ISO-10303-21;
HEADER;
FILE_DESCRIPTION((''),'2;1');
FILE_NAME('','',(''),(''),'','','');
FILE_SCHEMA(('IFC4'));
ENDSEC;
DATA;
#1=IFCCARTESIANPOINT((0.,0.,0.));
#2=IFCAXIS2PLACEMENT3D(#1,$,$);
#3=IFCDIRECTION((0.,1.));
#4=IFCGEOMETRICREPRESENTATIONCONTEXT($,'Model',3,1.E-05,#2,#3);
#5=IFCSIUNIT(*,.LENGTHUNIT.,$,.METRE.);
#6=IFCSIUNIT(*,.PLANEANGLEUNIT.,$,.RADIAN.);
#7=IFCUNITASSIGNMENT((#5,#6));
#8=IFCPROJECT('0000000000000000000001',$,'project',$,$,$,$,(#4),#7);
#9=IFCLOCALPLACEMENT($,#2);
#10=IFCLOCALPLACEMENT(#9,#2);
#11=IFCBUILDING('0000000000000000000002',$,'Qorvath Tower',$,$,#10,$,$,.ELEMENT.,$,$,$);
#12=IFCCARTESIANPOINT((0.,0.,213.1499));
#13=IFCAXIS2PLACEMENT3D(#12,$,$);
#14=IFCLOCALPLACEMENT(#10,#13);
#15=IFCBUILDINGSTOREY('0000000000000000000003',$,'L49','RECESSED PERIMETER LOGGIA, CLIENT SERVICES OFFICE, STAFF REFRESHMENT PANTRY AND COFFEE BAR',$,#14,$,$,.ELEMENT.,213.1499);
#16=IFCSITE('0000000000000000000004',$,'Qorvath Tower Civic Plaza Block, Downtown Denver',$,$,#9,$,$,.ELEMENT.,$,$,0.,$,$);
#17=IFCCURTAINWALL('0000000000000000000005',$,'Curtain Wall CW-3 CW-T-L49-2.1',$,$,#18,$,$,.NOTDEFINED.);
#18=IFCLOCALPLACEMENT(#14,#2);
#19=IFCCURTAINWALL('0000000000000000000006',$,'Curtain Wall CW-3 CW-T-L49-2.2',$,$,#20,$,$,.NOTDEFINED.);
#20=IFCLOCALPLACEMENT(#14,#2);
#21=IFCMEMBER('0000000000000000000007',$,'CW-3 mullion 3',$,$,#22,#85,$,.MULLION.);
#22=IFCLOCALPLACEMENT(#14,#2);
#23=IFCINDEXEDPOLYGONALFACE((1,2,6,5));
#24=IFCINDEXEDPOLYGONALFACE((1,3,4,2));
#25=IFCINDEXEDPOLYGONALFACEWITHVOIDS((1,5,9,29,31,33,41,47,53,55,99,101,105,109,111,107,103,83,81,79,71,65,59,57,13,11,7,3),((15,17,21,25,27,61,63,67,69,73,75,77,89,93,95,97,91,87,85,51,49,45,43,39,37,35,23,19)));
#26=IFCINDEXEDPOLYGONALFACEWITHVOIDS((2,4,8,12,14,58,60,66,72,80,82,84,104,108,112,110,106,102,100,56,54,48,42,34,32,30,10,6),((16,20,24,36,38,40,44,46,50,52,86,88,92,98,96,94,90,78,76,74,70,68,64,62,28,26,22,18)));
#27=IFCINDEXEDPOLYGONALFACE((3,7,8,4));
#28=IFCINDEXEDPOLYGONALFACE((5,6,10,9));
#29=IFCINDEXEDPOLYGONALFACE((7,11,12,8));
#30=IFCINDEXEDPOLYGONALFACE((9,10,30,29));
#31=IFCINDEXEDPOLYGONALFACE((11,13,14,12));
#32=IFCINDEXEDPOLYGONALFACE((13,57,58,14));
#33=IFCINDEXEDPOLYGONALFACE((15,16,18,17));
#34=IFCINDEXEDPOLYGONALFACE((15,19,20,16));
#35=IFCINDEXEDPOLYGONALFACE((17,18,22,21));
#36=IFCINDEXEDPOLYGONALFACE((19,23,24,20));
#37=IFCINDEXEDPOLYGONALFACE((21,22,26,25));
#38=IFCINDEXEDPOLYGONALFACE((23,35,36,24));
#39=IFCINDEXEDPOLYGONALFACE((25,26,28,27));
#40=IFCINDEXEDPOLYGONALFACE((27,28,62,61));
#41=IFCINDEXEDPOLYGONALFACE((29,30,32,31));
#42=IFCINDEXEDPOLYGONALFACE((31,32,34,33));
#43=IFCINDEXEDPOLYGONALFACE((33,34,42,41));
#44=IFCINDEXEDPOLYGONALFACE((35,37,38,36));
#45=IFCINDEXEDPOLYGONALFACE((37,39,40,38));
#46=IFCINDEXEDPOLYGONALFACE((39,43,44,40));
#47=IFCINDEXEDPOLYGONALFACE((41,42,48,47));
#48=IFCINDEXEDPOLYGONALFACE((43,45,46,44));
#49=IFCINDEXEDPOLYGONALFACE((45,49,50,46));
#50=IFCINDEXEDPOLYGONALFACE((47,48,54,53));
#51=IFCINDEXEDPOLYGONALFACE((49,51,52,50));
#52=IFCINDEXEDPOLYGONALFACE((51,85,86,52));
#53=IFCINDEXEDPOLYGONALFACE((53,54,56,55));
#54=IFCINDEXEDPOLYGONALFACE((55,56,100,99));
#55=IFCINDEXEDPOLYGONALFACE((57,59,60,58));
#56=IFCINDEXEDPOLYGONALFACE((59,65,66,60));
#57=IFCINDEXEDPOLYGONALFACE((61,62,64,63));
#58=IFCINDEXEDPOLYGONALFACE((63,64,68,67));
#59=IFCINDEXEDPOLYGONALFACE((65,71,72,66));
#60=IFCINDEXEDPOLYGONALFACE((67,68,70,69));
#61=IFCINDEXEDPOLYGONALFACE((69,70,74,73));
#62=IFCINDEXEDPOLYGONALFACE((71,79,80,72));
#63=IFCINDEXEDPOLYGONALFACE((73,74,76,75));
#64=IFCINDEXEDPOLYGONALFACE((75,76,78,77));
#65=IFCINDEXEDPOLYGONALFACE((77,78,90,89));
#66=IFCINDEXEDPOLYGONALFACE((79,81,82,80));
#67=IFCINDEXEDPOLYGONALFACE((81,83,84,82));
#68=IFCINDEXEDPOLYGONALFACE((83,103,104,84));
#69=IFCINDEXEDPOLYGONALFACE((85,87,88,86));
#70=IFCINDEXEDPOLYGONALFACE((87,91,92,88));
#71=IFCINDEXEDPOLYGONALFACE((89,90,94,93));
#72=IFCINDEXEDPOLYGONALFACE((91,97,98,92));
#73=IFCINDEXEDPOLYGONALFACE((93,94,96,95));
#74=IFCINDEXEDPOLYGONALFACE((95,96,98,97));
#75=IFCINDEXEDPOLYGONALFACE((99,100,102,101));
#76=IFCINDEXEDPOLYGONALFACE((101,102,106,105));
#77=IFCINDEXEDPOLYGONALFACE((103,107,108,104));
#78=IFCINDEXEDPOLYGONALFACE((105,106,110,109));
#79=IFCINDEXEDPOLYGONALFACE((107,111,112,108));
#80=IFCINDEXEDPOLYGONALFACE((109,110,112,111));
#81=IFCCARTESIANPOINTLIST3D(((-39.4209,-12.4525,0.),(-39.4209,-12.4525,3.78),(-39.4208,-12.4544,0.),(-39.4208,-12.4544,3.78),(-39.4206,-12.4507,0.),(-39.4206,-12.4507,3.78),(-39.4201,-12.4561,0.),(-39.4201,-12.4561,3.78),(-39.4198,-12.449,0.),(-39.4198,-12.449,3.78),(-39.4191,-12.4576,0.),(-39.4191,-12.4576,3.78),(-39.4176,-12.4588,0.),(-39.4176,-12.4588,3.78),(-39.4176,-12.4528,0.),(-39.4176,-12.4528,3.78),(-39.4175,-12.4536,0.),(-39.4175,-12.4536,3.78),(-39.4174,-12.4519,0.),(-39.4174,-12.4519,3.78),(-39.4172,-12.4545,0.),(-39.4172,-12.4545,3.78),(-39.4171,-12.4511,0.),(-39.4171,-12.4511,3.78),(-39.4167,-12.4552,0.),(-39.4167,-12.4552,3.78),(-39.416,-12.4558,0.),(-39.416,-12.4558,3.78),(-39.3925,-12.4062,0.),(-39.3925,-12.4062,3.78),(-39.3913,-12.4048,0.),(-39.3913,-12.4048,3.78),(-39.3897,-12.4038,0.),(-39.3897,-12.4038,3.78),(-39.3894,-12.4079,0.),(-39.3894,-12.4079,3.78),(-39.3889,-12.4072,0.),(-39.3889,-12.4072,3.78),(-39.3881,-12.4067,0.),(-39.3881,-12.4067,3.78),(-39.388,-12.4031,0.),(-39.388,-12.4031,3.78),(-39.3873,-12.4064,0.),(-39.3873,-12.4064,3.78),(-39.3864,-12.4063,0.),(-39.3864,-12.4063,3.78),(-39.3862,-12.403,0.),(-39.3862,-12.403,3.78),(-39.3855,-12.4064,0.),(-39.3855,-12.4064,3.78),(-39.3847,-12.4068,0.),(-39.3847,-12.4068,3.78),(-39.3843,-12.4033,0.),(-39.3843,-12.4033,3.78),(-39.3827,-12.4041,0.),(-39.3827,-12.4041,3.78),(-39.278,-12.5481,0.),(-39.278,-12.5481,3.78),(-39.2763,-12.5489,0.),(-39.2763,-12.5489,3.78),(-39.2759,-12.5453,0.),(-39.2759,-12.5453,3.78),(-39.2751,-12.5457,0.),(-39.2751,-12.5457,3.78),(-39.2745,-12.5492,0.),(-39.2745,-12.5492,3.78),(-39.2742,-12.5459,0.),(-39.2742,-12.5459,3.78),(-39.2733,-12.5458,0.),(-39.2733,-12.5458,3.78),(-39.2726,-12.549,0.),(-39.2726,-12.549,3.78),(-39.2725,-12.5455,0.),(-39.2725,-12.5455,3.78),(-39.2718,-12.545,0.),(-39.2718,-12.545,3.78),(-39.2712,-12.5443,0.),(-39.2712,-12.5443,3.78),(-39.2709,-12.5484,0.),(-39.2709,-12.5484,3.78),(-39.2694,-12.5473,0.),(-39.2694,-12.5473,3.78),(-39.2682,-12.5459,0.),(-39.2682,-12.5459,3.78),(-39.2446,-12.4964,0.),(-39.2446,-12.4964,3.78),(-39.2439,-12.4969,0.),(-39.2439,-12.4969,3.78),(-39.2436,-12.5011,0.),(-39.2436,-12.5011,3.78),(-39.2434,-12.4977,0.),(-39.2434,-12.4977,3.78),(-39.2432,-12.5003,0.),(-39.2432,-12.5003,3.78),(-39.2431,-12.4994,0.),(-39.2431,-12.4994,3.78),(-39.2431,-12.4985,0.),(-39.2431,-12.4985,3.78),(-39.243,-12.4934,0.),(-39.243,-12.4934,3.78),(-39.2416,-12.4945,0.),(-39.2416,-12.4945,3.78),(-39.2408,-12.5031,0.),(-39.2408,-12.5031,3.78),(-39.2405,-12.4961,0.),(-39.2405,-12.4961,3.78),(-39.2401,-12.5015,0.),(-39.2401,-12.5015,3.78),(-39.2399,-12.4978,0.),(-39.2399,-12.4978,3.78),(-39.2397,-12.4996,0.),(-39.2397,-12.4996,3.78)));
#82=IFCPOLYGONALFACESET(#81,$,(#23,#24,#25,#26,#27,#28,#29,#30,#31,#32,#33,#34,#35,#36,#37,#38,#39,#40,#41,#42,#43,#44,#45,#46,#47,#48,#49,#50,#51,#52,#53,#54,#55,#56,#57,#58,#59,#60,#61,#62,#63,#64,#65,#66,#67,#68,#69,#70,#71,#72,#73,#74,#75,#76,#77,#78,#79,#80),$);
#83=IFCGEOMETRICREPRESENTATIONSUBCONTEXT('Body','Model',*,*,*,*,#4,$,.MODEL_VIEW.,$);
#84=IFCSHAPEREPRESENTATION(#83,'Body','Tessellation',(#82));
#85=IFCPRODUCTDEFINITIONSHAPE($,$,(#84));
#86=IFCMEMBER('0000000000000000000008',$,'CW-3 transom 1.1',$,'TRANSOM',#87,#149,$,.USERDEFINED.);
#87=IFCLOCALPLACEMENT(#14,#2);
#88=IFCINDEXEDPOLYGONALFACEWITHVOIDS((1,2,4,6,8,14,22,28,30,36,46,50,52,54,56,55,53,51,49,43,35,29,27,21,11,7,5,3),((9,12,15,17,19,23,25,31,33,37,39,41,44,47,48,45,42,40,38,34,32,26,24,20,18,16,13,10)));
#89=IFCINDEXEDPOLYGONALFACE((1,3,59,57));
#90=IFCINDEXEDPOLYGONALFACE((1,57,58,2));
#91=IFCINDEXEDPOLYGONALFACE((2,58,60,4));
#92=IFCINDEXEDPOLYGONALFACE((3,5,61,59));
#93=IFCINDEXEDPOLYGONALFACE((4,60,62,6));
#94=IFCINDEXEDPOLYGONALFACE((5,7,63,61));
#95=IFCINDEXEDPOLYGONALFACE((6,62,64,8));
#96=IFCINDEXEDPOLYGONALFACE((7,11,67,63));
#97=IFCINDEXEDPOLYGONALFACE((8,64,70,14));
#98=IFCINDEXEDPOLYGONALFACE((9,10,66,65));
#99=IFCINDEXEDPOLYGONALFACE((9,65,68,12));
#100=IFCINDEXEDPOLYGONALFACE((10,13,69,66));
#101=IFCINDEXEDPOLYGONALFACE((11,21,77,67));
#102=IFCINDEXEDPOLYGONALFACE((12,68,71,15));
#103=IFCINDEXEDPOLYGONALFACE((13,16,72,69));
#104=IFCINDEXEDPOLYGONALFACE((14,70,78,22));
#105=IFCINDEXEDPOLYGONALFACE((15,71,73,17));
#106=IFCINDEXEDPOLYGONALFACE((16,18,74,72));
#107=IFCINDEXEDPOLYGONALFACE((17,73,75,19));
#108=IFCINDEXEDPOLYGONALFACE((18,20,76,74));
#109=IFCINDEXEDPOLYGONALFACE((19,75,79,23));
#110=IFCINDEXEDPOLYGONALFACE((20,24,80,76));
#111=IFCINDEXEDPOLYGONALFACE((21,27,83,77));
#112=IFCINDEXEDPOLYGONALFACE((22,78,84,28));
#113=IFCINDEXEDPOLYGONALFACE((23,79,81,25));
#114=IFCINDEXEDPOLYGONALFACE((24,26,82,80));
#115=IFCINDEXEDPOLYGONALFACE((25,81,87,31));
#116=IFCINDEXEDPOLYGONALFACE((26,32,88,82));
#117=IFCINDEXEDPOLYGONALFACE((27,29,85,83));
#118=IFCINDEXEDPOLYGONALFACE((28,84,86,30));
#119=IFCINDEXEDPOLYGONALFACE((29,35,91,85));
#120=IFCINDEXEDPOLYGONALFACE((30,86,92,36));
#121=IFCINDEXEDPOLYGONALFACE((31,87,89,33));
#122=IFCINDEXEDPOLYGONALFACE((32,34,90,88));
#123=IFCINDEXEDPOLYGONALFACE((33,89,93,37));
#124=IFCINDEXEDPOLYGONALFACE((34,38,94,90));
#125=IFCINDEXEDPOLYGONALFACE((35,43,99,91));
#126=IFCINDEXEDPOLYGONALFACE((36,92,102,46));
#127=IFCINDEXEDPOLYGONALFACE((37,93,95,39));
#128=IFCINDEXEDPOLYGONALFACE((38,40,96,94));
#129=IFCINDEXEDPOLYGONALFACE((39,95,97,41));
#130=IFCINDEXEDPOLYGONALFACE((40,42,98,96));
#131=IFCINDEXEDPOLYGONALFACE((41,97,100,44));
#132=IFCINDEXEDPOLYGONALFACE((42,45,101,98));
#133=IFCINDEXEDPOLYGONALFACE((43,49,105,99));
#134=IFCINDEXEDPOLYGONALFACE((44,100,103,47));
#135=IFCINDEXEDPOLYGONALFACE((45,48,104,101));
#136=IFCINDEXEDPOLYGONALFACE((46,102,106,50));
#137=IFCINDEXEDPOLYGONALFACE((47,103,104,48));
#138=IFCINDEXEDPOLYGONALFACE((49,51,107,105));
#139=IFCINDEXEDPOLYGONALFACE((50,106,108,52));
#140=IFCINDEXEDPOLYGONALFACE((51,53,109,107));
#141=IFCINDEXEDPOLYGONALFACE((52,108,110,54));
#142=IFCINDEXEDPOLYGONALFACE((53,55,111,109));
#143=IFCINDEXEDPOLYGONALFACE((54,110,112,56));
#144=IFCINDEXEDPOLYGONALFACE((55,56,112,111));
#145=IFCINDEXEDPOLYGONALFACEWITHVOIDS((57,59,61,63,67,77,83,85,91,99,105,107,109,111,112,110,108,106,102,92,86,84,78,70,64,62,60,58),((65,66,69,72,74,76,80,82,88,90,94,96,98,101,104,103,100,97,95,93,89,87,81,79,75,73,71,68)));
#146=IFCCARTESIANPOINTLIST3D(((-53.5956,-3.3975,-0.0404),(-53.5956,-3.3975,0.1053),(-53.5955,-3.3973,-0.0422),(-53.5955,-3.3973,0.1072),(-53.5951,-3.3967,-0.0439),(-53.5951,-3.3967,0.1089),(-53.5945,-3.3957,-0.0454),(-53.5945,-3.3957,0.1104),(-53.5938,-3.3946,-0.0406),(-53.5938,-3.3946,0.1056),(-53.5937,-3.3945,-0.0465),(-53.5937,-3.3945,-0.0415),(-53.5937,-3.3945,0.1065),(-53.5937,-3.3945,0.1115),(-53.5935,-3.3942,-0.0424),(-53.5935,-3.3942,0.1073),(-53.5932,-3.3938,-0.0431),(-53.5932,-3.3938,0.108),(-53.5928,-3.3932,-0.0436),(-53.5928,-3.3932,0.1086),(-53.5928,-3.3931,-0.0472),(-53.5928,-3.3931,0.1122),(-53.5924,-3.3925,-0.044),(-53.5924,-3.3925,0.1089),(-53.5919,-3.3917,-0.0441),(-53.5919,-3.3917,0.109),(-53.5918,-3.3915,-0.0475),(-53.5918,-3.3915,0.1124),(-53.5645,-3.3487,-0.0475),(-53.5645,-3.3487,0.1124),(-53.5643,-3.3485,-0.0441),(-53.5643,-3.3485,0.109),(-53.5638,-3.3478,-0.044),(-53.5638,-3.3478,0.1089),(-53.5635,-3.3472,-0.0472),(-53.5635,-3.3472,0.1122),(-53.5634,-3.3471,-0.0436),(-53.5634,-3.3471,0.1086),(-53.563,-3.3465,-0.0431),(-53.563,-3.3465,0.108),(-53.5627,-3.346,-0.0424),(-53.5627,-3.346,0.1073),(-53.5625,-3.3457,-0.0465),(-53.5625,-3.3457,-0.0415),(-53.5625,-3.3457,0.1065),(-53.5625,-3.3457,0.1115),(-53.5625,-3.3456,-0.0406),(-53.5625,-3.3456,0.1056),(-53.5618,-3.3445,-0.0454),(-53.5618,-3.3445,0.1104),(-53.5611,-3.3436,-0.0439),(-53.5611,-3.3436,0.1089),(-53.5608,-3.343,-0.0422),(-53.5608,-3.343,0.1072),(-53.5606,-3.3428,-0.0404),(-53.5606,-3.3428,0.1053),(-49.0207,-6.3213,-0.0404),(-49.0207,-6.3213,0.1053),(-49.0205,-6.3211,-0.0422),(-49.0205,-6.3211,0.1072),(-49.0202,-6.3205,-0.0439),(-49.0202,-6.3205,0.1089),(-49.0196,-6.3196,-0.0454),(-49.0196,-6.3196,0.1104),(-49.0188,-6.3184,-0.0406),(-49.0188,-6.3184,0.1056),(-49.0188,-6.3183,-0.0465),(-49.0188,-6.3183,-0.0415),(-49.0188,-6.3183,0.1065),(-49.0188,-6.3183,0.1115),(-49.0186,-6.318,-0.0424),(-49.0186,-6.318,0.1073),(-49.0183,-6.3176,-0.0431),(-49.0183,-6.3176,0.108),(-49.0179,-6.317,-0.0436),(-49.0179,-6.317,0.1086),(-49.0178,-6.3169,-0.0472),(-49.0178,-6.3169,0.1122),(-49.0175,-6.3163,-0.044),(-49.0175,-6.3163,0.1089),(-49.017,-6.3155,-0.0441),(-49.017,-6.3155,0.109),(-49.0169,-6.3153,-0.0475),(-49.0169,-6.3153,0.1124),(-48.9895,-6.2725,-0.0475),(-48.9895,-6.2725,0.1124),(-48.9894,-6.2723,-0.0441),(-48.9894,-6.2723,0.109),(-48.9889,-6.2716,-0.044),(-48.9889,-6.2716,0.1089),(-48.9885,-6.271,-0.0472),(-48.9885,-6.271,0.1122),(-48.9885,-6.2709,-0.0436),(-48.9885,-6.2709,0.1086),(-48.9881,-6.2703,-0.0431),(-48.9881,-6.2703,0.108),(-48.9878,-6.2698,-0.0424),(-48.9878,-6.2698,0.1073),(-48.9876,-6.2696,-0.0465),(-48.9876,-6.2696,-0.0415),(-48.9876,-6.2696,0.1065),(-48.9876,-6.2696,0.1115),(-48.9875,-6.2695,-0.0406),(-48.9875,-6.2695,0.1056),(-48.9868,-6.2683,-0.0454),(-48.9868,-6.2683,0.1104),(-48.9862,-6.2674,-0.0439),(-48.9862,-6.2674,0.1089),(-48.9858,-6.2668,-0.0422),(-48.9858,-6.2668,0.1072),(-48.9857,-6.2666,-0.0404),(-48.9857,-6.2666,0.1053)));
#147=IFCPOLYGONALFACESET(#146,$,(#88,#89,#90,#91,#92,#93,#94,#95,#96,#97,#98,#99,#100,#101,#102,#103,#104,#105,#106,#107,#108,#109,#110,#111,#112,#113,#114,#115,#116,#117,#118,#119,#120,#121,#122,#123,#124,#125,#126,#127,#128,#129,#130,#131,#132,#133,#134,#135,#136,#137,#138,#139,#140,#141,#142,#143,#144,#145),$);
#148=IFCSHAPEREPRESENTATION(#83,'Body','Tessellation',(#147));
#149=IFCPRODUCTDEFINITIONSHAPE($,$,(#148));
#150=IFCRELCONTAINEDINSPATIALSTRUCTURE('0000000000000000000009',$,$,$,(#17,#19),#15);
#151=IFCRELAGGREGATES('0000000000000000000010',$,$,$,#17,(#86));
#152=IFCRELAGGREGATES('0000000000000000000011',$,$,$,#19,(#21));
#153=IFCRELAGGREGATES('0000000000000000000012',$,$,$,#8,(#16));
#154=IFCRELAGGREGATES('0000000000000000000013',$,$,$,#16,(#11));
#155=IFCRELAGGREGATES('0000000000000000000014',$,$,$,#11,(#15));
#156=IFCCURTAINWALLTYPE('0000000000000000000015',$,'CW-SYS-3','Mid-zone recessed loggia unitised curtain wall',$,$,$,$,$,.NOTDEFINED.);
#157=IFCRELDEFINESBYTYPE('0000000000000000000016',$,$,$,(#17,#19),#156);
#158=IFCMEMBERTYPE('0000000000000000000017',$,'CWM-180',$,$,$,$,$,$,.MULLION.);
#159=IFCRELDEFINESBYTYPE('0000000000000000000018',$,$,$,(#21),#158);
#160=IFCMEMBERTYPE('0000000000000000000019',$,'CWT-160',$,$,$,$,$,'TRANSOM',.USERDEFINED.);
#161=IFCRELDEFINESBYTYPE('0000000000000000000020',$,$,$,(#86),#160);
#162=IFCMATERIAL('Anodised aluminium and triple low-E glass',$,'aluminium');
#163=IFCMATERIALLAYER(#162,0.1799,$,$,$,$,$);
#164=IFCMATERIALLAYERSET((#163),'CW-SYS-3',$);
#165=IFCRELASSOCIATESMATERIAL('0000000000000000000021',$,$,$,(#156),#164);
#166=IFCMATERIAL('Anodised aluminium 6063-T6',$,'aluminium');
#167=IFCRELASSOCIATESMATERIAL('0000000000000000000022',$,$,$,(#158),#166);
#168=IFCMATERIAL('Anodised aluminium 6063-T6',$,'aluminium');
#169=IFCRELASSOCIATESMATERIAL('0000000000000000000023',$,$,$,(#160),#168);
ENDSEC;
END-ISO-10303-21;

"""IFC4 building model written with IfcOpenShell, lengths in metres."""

from ifc_helpers import new_model, si_unit, direction, frame, origin, origin_2d, place, context, subcontext, project, spatial, hollow_rectangle, extrude, material, layer, layer_set, material_profile, profile_set, type_object, element, aggregate, save


model = new_model("IFC4")

# Units and contexts
model_context = context("Model", 3, precision=1e-05, world=origin(), true_north=direction((0.0, 1.0)))
body_context = subcontext(model_context, "Body", "Model", "MODEL_VIEW")
ifc_project = project(units=[si_unit("LENGTHUNIT", "METRE"), si_unit("PLANEANGLEUNIT", "RADIAN")], contexts=[model_context])

# Site, building, storey
site_placement = place(None, origin())
site = spatial("IfcSite", under=ifc_project, at=site_placement, Name="Qorvath Tower Civic Plaza Block, Downtown Denver", CompositionType="ELEMENT", RefElevation=0.0)
building_placement = place(site_placement, origin())
building = spatial("IfcBuilding", under=site, at=building_placement, Name="Qorvath Tower", CompositionType="ELEMENT")
storey_placement = place(building_placement, frame((0.0, 0.0, 213.1499)))
storey = spatial("IfcBuildingStorey", under=building, at=storey_placement, Name="L49", Description="RECESSED PERIMETER LOGGIA, CLIENT SERVICES OFFICE, STAFF REFRESHMENT PANTRY AND COFFEE BAR", CompositionType="ELEMENT", Elevation=213.1499)

# Curtain walls, member
ifc_material_1 = material(Name="Anodised aluminium and triple low-E glass", Category="aluminium")
ifc_layer_1 = layer(ifc_material_1, 0.1799)
ifc_layer_set_1 = layer_set([ifc_layer_1], Name="CW-SYS-3")
curtain_wall_type = type_object("IfcCurtainWallType", Name="CW-SYS-3", Description="Mid-zone recessed loggia unitised curtain wall", PredefinedType="NOTDEFINED", material=ifc_layer_set_1)
curtain_wall_1_placement = place(storey_placement, origin())
curtain_wall_1 = element("IfcCurtainWall", 1, at=curtain_wall_1_placement, inside=storey, type_object=curtain_wall_type, Name="Curtain Wall CW-3 CW-T-L49-2.1", PredefinedType="NOTDEFINED")
ifc_material_2 = material(Name="Anodised aluminium 6063-T6", Category="aluminium")
ifc_material_profile_1 = material_profile(ifc_material_2, hollow_rectangle(XDim=0.0649, YDim=0.1799, WallThickness=0.0034, InnerFilletRadius=0.0034, OuterFilletRadius=0.0071, at=origin_2d()), Name="CWM 180x65")
ifc_profile_set_1 = profile_set([ifc_material_profile_1], Name="Anodised aluminium 6063-T6")
member_type_1 = type_object("IfcMemberType", Name="CWM-180", PredefinedType="MULLION", material=ifc_profile_set_1)
curtain_wall_2_placement = place(storey_placement, origin())
curtain_wall_2 = element("IfcCurtainWall", 2, at=curtain_wall_2_placement, inside=storey, type_object=curtain_wall_type, Name="Curtain Wall CW-3 CW-T-L49-2.2", PredefinedType="NOTDEFINED")
member_1_placement = place(storey_placement, frame((-39.3303, -12.4761, 0.0), z_axis=(0.0, 0.0, 1.0), x_axis=(0.538533, 0.842605, 0.0)))
member_1 = element("IfcMember", 3, at=member_1_placement, type_object=member_type_1, Name="CW-3 mullion 3", PredefinedType="MULLION", context=body_context, shape_type="SweptSolid", body=[
    extrude(hollow_rectangle(XDim=0.0649, YDim=0.1799, WallThickness=0.0034, InnerFilletRadius=0.0034, OuterFilletRadius=0.0071, at=origin_2d()), origin(), (0.0, 0.0, 1.0), 3.78),
])

# Member
ifc_material_3 = material(Name="Anodised aluminium 6063-T6", Category="aluminium")
ifc_material_profile_2 = material_profile(ifc_material_3, hollow_rectangle(XDim=0.0649, YDim=0.1599, WallThickness=0.0034, InnerFilletRadius=0.0034, OuterFilletRadius=0.0071, at=origin_2d()), Name="CWT 160x65")
ifc_profile_set_2 = profile_set([ifc_material_profile_2], Name="Anodised aluminium 6063-T6")
member_type_2 = type_object("IfcMemberType", Name="CWT-160", ElementType="TRANSOM", PredefinedType="USERDEFINED", material=ifc_profile_set_2)
member_2_placement = place(storey_placement, frame((-53.5781, -3.3701, 0.0325), z_axis=(0.842617, -0.538513, 0.0), x_axis=(0.538513, 0.842617, 0.0)))
member_2 = element("IfcMember", 4, at=member_2_placement, type_object=member_type_2, Name="CW-3 transom 1.1", ObjectType="TRANSOM", PredefinedType="USERDEFINED", context=body_context, shape_type="SweptSolid", body=[
    extrude(hollow_rectangle(XDim=0.0649, YDim=0.1599, WallThickness=0.0034, InnerFilletRadius=0.0034, OuterFilletRadius=0.0071, at=origin_2d()), origin(), (0.0, 0.0, 1.0), 5.4294),
])

aggregate(curtain_wall_1, [member_2])
aggregate(curtain_wall_2, [member_1])

save(model, "model.ifc")
